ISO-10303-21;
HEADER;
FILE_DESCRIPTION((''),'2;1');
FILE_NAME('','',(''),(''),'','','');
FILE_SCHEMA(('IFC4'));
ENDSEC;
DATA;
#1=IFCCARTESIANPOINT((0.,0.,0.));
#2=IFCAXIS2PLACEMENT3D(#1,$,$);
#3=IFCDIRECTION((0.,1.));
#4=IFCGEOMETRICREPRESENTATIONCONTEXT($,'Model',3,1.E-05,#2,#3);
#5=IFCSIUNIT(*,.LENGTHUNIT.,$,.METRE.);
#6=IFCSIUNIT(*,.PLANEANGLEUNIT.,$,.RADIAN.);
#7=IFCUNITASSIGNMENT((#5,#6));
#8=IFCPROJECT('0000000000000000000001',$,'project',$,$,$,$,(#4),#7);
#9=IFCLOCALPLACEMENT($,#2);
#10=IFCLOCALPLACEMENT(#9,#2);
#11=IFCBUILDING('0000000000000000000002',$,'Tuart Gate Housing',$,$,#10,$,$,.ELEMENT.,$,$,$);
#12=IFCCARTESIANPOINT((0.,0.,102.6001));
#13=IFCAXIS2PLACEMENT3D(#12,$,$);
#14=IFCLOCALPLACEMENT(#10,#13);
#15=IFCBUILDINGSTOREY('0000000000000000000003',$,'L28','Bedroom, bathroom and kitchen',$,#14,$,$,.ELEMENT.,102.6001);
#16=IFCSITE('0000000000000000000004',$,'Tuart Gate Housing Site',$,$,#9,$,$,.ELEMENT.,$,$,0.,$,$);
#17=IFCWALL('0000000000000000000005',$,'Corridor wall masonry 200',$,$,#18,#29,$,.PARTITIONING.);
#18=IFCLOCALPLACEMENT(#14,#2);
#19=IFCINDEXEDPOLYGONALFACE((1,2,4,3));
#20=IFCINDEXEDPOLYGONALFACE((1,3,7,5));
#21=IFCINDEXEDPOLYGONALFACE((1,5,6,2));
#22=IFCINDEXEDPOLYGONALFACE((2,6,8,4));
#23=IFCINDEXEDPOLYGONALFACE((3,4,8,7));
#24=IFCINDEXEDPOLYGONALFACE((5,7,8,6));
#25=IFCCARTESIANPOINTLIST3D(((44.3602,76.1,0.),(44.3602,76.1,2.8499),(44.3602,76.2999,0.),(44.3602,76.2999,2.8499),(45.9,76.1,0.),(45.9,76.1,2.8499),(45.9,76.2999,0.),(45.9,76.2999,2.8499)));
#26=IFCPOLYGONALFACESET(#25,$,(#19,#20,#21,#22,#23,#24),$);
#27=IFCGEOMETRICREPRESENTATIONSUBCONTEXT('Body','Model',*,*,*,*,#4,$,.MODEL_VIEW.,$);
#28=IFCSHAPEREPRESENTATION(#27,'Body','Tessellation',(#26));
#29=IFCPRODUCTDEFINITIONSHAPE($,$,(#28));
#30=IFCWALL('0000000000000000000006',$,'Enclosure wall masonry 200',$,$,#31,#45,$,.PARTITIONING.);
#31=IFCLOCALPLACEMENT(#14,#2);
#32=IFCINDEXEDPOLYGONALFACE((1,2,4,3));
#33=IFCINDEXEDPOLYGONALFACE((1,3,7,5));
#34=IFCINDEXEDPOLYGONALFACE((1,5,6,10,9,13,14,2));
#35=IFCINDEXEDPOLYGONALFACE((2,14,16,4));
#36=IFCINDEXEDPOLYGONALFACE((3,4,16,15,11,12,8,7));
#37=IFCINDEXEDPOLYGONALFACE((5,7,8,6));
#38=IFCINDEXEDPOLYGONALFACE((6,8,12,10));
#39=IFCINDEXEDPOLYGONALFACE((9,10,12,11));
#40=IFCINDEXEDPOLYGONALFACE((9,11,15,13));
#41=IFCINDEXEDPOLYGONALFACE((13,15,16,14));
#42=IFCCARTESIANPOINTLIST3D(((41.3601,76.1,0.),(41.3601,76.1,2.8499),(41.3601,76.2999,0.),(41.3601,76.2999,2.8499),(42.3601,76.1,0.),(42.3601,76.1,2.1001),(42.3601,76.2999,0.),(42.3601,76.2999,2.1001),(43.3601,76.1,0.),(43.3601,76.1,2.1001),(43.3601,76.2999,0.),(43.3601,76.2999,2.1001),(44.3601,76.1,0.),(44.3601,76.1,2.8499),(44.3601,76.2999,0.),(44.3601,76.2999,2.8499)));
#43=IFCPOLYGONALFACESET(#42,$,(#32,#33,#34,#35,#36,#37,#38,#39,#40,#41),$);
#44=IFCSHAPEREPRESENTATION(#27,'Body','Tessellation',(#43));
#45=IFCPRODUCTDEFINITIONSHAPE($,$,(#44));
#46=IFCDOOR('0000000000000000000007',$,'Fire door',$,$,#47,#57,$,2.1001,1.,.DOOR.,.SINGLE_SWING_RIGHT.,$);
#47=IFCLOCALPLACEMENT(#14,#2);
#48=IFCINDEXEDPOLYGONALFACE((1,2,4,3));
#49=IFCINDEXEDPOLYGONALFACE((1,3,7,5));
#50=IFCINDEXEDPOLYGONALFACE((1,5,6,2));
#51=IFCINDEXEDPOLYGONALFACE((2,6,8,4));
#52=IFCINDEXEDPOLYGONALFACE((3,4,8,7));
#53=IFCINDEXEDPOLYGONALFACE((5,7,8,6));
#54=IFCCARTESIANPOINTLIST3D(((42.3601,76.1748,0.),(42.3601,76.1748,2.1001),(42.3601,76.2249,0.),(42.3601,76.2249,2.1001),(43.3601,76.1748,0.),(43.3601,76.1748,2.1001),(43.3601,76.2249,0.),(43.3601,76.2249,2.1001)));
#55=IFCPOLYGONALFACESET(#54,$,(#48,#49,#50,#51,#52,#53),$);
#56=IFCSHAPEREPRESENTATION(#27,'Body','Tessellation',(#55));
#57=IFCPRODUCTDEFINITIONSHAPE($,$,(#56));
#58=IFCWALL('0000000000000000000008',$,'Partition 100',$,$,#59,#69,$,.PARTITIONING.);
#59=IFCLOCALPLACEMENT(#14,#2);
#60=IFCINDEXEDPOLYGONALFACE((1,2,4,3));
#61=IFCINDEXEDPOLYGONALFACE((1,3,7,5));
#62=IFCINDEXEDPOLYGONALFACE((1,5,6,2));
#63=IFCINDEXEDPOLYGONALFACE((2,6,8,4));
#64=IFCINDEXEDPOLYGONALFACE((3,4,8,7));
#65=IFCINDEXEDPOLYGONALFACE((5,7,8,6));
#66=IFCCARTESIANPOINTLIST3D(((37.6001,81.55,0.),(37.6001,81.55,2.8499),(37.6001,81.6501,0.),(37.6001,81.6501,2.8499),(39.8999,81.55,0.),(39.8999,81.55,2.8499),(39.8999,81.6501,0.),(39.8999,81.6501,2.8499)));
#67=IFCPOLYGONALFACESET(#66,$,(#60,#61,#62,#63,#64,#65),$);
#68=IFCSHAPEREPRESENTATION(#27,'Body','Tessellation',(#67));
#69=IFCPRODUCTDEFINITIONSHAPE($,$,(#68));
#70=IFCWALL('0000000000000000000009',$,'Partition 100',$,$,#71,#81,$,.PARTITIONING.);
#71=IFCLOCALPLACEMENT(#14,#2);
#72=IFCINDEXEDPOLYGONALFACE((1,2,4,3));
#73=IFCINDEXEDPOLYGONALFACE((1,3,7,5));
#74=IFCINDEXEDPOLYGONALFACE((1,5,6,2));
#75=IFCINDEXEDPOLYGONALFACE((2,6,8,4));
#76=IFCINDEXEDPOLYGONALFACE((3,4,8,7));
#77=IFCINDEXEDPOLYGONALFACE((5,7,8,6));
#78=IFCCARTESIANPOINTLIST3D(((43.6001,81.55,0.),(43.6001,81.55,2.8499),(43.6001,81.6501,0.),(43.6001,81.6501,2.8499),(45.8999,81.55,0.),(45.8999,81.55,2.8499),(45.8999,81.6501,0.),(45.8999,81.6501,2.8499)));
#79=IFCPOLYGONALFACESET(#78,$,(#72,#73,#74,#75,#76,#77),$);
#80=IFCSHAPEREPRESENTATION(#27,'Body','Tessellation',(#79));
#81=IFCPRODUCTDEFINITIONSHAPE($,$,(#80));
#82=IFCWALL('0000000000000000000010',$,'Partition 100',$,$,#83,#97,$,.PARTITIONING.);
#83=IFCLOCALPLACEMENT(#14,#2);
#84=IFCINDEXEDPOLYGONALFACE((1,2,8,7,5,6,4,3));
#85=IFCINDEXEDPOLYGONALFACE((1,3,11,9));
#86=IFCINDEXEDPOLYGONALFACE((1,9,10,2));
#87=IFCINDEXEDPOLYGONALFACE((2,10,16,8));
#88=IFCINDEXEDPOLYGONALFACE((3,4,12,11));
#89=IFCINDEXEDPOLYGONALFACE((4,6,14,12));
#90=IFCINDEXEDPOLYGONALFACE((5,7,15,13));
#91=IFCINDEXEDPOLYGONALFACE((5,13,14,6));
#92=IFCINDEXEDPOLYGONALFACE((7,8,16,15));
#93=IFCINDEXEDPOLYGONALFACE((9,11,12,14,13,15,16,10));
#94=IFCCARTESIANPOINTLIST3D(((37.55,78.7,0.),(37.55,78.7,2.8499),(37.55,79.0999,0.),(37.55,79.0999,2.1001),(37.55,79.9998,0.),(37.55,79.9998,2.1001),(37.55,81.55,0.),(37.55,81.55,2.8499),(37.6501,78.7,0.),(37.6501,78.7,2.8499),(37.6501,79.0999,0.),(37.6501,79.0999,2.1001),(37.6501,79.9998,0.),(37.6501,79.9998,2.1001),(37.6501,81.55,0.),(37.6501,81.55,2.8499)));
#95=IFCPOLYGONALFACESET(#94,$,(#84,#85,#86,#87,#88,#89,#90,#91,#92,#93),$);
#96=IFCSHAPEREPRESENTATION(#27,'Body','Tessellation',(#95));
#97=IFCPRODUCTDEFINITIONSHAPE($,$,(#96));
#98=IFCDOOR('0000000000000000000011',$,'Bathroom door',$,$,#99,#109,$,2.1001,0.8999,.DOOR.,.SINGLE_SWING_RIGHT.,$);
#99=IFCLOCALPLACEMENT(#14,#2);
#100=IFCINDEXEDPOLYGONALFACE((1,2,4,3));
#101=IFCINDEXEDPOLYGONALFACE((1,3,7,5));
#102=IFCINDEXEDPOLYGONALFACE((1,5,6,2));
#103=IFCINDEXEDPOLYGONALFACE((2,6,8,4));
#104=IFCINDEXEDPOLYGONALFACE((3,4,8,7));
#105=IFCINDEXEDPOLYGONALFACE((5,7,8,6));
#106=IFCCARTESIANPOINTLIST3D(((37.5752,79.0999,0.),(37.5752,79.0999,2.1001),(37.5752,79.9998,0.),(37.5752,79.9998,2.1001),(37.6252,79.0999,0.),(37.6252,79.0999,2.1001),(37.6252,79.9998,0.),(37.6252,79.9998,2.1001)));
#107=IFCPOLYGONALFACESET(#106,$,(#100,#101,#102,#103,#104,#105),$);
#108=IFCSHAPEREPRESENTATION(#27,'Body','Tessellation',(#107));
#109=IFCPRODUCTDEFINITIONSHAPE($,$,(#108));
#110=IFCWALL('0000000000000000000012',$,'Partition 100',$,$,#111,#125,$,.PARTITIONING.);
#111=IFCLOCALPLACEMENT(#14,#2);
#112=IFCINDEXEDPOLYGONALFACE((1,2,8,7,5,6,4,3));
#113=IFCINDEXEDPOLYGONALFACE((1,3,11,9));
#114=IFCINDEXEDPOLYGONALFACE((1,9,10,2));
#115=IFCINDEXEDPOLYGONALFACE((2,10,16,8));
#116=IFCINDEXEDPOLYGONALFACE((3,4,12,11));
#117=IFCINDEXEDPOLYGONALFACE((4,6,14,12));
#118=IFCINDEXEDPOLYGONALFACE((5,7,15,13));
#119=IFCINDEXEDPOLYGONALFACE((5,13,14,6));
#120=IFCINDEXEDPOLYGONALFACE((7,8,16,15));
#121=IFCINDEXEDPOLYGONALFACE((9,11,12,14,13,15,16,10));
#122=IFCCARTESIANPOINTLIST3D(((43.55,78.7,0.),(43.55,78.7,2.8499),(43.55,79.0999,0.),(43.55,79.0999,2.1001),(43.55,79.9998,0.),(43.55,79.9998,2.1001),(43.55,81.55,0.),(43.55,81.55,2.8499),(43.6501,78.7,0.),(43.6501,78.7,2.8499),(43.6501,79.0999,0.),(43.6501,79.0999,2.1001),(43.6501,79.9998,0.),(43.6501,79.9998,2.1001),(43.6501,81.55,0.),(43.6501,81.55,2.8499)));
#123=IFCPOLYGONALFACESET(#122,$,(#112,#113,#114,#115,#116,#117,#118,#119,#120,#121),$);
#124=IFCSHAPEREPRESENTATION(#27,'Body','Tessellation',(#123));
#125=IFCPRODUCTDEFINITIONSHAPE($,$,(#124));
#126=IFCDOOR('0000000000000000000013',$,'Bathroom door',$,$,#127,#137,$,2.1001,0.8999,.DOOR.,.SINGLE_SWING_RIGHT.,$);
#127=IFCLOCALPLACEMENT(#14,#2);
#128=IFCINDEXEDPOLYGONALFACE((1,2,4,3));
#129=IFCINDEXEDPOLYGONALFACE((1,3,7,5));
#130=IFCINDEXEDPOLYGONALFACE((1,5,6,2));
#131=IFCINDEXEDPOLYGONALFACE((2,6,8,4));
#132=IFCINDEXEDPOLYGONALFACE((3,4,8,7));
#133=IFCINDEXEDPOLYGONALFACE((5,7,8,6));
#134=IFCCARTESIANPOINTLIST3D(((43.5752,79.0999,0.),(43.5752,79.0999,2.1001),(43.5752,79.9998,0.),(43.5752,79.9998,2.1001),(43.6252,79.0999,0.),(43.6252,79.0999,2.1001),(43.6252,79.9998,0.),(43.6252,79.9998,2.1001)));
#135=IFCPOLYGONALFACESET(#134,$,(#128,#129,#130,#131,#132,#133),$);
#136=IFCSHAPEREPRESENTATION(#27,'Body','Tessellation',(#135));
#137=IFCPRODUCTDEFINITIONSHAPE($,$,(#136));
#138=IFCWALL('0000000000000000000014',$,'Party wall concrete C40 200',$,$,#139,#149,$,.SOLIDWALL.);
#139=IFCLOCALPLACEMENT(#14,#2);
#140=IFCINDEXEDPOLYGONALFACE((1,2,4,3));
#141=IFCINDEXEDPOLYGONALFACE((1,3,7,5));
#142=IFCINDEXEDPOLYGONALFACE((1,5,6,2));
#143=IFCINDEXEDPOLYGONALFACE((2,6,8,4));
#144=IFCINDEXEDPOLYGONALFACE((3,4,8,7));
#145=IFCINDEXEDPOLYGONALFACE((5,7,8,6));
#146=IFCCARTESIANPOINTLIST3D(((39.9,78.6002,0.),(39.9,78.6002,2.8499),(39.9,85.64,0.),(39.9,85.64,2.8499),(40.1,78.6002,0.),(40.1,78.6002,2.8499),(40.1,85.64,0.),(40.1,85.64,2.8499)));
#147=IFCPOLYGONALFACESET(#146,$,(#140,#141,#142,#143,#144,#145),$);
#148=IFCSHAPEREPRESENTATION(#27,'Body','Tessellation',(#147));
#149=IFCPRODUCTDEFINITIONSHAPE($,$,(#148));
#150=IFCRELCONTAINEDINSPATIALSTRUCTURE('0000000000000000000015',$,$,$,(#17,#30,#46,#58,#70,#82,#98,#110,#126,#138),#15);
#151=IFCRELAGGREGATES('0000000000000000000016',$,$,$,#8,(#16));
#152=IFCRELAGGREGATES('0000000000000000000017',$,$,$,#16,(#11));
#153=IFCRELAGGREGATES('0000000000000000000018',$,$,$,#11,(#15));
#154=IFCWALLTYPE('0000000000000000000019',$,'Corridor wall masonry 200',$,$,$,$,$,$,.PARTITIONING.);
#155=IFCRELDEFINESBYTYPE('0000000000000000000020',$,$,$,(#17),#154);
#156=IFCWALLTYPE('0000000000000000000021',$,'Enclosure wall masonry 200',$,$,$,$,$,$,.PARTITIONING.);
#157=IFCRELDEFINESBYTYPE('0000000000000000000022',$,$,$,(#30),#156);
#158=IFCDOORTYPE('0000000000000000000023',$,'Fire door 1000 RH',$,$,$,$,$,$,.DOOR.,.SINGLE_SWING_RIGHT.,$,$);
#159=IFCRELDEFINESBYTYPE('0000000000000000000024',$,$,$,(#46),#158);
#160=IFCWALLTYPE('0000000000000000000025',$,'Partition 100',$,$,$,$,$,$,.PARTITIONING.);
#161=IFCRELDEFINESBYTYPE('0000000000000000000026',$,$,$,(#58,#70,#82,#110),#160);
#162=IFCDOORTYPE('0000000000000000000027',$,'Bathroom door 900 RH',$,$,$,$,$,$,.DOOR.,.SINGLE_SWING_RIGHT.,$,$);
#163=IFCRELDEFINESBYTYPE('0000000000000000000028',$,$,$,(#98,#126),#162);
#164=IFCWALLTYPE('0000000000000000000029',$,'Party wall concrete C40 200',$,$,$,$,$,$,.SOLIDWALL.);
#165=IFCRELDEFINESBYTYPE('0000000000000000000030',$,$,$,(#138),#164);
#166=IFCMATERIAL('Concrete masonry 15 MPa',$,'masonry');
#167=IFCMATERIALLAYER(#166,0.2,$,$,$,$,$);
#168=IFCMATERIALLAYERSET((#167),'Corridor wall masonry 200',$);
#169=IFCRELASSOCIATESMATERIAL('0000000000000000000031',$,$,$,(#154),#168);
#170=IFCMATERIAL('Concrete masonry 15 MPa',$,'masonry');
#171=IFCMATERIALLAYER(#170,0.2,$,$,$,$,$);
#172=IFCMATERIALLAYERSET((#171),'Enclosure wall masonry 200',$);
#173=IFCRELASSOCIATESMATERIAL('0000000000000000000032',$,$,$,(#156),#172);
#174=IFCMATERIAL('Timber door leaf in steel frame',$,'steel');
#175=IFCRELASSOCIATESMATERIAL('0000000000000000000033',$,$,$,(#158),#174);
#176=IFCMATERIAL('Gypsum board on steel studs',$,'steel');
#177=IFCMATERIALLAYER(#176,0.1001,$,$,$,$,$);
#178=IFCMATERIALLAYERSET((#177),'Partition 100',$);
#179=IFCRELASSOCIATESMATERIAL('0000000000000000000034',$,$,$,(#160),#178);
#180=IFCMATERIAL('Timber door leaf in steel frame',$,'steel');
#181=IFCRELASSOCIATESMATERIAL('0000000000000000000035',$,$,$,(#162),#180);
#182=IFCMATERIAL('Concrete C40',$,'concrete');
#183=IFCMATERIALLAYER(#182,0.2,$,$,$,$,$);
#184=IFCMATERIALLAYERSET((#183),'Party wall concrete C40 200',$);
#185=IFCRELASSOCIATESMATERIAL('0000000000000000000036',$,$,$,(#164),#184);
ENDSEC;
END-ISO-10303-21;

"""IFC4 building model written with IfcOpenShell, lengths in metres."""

from ifc_helpers import new_model, si_unit, direction, frame, frame_2d, origin, place, context, subcontext, project, spatial, rectangle, extrude, material, layer, layer_set, type_object, element, fill, save


model = new_model("IFC4")

# Units and contexts
model_context = context("Model", 3, precision=1e-05, world=origin(), true_north=direction((0.0, 1.0)))
body_context = subcontext(model_context, "Body", "Model", "MODEL_VIEW")
ifc_project = project(units=[si_unit("LENGTHUNIT", "METRE"), si_unit("PLANEANGLEUNIT", "RADIAN")], contexts=[model_context])

# Site, building, storey
site_placement = place(None, origin())
site = spatial("IfcSite", under=ifc_project, at=site_placement, Name="Tuart Gate Housing Site", CompositionType="ELEMENT", RefElevation=0.0)
building_placement = place(site_placement, origin())
building = spatial("IfcBuilding", under=site, at=building_placement, Name="Tuart Gate Housing", CompositionType="ELEMENT")
storey_placement = place(building_placement, frame((0.0, 0.0, 102.6001)))
storey = spatial("IfcBuildingStorey", under=building, at=storey_placement, Name="L28", Description="Bedroom, bathroom and kitchen", CompositionType="ELEMENT", Elevation=102.6001)

# Wall
ifc_material_1 = material(Name="Concrete masonry 15 MPa", Category="masonry")
ifc_layer_1 = layer(ifc_material_1, 0.2)
ifc_layer_set_1 = layer_set([ifc_layer_1], Name="Corridor wall masonry 200")
wall_type_1 = type_object("IfcWallType", Name="Corridor wall masonry 200", PredefinedType="PARTITIONING", material=ifc_layer_set_1)
wall_1_placement = place(storey_placement, frame((44.3601, 76.2, 0.0), z_axis=(0.0, 0.0, 1.0), x_axis=(1.0, 0.0, 0.0)))
element("IfcWall", 1, at=wall_1_placement, inside=storey, type_object=wall_type_1, Name="Corridor wall masonry 200", PredefinedType="PARTITIONING", context=body_context, shape_type="SweptSolid", body=[
    extrude(rectangle(XDim=1.5398, YDim=0.2, at=frame_2d((0.77, 0.0))), origin(), (0.0, 0.0, 1.0), 2.8499),
])

# Wall, opening, door
ifc_material_2 = material(Name="Concrete masonry 15 MPa", Category="masonry")
ifc_layer_2 = layer(ifc_material_2, 0.2)
ifc_layer_set_2 = layer_set([ifc_layer_2], Name="Enclosure wall masonry 200")
wall_type_2 = type_object("IfcWallType", Name="Enclosure wall masonry 200", PredefinedType="PARTITIONING", material=ifc_layer_set_2)
wall_2_placement = place(storey_placement, frame((41.3601, 76.2, 0.0), z_axis=(0.0, 0.0, 1.0), x_axis=(1.0, 0.0, 0.0)))
wall_2 = element("IfcWall", 2, at=wall_2_placement, inside=storey, type_object=wall_type_2, Name="Enclosure wall masonry 200", PredefinedType="PARTITIONING", context=body_context, shape_type="SweptSolid", body=[
    extrude(rectangle(XDim=3.0, YDim=0.2, at=frame_2d((1.5, 0.0))), origin(), (0.0, 0.0, 1.0), 2.8499),
])
opening_1_placement = place(wall_2_placement, frame((1.0, 0.0, 0.0)))
opening_1 = element("IfcOpeningElement", 3, at=opening_1_placement, cuts=wall_2, PredefinedType="OPENING", context=body_context, shape_type="SweptSolid", body=[
    extrude(rectangle(XDim=1.0, YDim=2.1001, at=frame_2d((0.5, 1.05))), frame((0.0, 0.1099, 0.0), z_axis=(0.0, -1.0, 0.0), x_axis=(1.0, 0.0, 0.0)), (0.0, 0.0, 1.0), 0.22),
])
ifc_material_3 = material(Name="Timber door leaf in steel frame", Category="steel")
door_type_1 = type_object("IfcDoorType", Name="Fire door 1000 RH", OperationType="SINGLE_SWING_RIGHT", PredefinedType="DOOR", material=ifc_material_3)
door_1_placement = place(opening_1_placement, origin())
door_1 = element("IfcDoor", 4, at=door_1_placement, inside=storey, type_object=door_type_1, Name="Fire door", OperationType="SINGLE_SWING_RIGHT", OverallHeight=2.1001, OverallWidth=1.0, PredefinedType="DOOR", context=body_context, shape_type="SweptSolid", body=[
    extrude(rectangle(XDim=1.0, YDim=2.1001, at=frame_2d((0.5, 1.05))), frame((0.0, 0.0249, 0.0), z_axis=(0.0, -1.0, 0.0), x_axis=(1.0, 0.0, 0.0)), (0.0, 0.0, 1.0), 0.05),
])
fill(opening_1, door_1)

# Walls
ifc_material_4 = material(Name="Gypsum board on steel studs", Category="steel")
ifc_layer_3 = layer(ifc_material_4, 0.1001)
ifc_layer_set_3 = layer_set([ifc_layer_3], Name="Partition 100")
wall_type_3 = type_object("IfcWallType", Name="Partition 100", PredefinedType="PARTITIONING", material=ifc_layer_set_3)
for number, where, z_axis, x_axis, name in (
    (5, (37.6001, 81.6001, 0.0), (0.0, 0.0, 1.0), (1.0, 0.0, 0.0), "Partition 100"),
    (6, (43.6001, 81.6001, 0.0), (0.0, 0.0, 1.0), (1.0, 0.0, 0.0), "Partition 100"),
):
    element("IfcWall", number, at=place(storey_placement, frame(where, z_axis=z_axis, x_axis=x_axis)), inside=storey, type_object=wall_type_3, Name=name, PredefinedType="PARTITIONING", context=body_context, shape_type="SweptSolid", body=[
        extrude(rectangle(XDim=2.2998, YDim=0.1001, at=frame_2d((1.1499, 0.0))), origin(), (0.0, 0.0, 1.0), 2.8499),
    ])

# Walls, openings, doors
wall_3_placement = place(storey_placement, frame((37.6001, 78.7, 0.0), z_axis=(0.0, 0.0, 1.0), x_axis=(0.0, 1.0, 0.0)))
wall_3 = element("IfcWall", 7, at=wall_3_placement, inside=storey, type_object=wall_type_3, Name="Partition 100", PredefinedType="PARTITIONING", context=body_context, shape_type="SweptSolid", body=[
    extrude(rectangle(XDim=2.8501, YDim=0.1001, at=frame_2d((1.425, 0.0))), origin(), (0.0, 0.0, 1.0), 2.8499),
])
opening_2_placement = place(wall_3_placement, frame((0.3999, 0.0, 0.0)))
opening_2 = element("IfcOpeningElement", 8, at=opening_2_placement, cuts=wall_3, PredefinedType="OPENING", context=body_context, shape_type="SweptSolid", body=[
    extrude(rectangle(XDim=0.8999, YDim=2.1001, at=frame_2d((0.45, 1.05))), frame((0.0, 0.0601, 0.0), z_axis=(0.0, -1.0, 0.0), x_axis=(1.0, 0.0, 0.0)), (0.0, 0.0, 1.0), 0.1201),
])
ifc_material_5 = material(Name="Timber door leaf in steel frame", Category="steel")
door_type_2 = type_object("IfcDoorType", Name="Bathroom door 900 RH", OperationType="SINGLE_SWING_RIGHT", PredefinedType="DOOR", material=ifc_material_5)
door_2_placement = place(opening_2_placement, frame((0.8999, 0.0, 0.0), z_axis=(0.0, 0.0, 1.0), x_axis=(-1.0, 0.0, 0.0)))
door_2 = element("IfcDoor", 9, at=door_2_placement, inside=storey, type_object=door_type_2, Name="Bathroom door", OperationType="SINGLE_SWING_RIGHT", OverallHeight=2.1001, OverallWidth=0.8999, PredefinedType="DOOR", context=body_context, shape_type="SweptSolid", body=[
    extrude(rectangle(XDim=0.8999, YDim=2.1001, at=frame_2d((0.45, 1.05))), frame((0.0, 0.0251, 0.0), z_axis=(0.0, -1.0, 0.0), x_axis=(1.0, 0.0, 0.0)), (0.0, 0.0, 1.0), 0.05),
])
fill(opening_2, door_2)
wall_4_placement = place(storey_placement, frame((43.6001, 78.7, 0.0), z_axis=(0.0, 0.0, 1.0), x_axis=(0.0, 1.0, 0.0)))
wall_4 = element("IfcWall", 10, at=wall_4_placement, inside=storey, type_object=wall_type_3, Name="Partition 100", PredefinedType="PARTITIONING", context=body_context, shape_type="SweptSolid", body=[
    extrude(rectangle(XDim=2.8501, YDim=0.1001, at=frame_2d((1.425, 0.0))), origin(), (0.0, 0.0, 1.0), 2.8499),
])
opening_3_placement = place(wall_4_placement, frame((0.3999, 0.0, 0.0)))
opening_3 = element("IfcOpeningElement", 11, at=opening_3_placement, cuts=wall_4, PredefinedType="OPENING", context=body_context, shape_type="SweptSolid", body=[
    extrude(rectangle(XDim=0.8999, YDim=2.1001, at=frame_2d((0.45, 1.05))), frame((0.0, 0.0601, 0.0), z_axis=(0.0, -1.0, 0.0), x_axis=(1.0, 0.0, 0.0)), (0.0, 0.0, 1.0), 0.1201),
])
door_3_placement = place(opening_3_placement, frame((0.8999, 0.0, 0.0), z_axis=(0.0, 0.0, 1.0), x_axis=(-1.0, 0.0, 0.0)))
door_3 = element("IfcDoor", 12, at=door_3_placement, inside=storey, type_object=door_type_2, Name="Bathroom door", OperationType="SINGLE_SWING_RIGHT", OverallHeight=2.1001, OverallWidth=0.8999, PredefinedType="DOOR", context=body_context, shape_type="SweptSolid", body=[
    extrude(rectangle(XDim=0.8999, YDim=2.1001, at=frame_2d((0.45, 1.05))), frame((0.0, 0.0251, 0.0), z_axis=(0.0, -1.0, 0.0), x_axis=(1.0, 0.0, 0.0)), (0.0, 0.0, 1.0), 0.05),
])
fill(opening_3, door_3)

# Wall
ifc_material_6 = material(Name="Concrete C40", Category="concrete")
ifc_layer_4 = layer(ifc_material_6, 0.2)
ifc_layer_set_4 = layer_set([ifc_layer_4], Name="Party wall concrete C40 200")
wall_type_4 = type_object("IfcWallType", Name="Party wall concrete C40 200", PredefinedType="SOLIDWALL", material=ifc_layer_set_4)
wall_5_placement = place(storey_placement, frame((40.0, 78.6001, 0.0), z_axis=(0.0, 0.0, 1.0), x_axis=(0.0, 1.0, 0.0)))
element("IfcWall", 13, at=wall_5_placement, inside=storey, type_object=wall_type_4, Name="Party wall concrete C40 200", PredefinedType="SOLIDWALL", context=body_context, shape_type="SweptSolid", body=[
    extrude(rectangle(XDim=7.0398, YDim=0.2, at=frame_2d((3.52, 0.0))), origin(), (0.0, 0.0, 1.0), 2.8499),
])

save(model, "model.ifc")
